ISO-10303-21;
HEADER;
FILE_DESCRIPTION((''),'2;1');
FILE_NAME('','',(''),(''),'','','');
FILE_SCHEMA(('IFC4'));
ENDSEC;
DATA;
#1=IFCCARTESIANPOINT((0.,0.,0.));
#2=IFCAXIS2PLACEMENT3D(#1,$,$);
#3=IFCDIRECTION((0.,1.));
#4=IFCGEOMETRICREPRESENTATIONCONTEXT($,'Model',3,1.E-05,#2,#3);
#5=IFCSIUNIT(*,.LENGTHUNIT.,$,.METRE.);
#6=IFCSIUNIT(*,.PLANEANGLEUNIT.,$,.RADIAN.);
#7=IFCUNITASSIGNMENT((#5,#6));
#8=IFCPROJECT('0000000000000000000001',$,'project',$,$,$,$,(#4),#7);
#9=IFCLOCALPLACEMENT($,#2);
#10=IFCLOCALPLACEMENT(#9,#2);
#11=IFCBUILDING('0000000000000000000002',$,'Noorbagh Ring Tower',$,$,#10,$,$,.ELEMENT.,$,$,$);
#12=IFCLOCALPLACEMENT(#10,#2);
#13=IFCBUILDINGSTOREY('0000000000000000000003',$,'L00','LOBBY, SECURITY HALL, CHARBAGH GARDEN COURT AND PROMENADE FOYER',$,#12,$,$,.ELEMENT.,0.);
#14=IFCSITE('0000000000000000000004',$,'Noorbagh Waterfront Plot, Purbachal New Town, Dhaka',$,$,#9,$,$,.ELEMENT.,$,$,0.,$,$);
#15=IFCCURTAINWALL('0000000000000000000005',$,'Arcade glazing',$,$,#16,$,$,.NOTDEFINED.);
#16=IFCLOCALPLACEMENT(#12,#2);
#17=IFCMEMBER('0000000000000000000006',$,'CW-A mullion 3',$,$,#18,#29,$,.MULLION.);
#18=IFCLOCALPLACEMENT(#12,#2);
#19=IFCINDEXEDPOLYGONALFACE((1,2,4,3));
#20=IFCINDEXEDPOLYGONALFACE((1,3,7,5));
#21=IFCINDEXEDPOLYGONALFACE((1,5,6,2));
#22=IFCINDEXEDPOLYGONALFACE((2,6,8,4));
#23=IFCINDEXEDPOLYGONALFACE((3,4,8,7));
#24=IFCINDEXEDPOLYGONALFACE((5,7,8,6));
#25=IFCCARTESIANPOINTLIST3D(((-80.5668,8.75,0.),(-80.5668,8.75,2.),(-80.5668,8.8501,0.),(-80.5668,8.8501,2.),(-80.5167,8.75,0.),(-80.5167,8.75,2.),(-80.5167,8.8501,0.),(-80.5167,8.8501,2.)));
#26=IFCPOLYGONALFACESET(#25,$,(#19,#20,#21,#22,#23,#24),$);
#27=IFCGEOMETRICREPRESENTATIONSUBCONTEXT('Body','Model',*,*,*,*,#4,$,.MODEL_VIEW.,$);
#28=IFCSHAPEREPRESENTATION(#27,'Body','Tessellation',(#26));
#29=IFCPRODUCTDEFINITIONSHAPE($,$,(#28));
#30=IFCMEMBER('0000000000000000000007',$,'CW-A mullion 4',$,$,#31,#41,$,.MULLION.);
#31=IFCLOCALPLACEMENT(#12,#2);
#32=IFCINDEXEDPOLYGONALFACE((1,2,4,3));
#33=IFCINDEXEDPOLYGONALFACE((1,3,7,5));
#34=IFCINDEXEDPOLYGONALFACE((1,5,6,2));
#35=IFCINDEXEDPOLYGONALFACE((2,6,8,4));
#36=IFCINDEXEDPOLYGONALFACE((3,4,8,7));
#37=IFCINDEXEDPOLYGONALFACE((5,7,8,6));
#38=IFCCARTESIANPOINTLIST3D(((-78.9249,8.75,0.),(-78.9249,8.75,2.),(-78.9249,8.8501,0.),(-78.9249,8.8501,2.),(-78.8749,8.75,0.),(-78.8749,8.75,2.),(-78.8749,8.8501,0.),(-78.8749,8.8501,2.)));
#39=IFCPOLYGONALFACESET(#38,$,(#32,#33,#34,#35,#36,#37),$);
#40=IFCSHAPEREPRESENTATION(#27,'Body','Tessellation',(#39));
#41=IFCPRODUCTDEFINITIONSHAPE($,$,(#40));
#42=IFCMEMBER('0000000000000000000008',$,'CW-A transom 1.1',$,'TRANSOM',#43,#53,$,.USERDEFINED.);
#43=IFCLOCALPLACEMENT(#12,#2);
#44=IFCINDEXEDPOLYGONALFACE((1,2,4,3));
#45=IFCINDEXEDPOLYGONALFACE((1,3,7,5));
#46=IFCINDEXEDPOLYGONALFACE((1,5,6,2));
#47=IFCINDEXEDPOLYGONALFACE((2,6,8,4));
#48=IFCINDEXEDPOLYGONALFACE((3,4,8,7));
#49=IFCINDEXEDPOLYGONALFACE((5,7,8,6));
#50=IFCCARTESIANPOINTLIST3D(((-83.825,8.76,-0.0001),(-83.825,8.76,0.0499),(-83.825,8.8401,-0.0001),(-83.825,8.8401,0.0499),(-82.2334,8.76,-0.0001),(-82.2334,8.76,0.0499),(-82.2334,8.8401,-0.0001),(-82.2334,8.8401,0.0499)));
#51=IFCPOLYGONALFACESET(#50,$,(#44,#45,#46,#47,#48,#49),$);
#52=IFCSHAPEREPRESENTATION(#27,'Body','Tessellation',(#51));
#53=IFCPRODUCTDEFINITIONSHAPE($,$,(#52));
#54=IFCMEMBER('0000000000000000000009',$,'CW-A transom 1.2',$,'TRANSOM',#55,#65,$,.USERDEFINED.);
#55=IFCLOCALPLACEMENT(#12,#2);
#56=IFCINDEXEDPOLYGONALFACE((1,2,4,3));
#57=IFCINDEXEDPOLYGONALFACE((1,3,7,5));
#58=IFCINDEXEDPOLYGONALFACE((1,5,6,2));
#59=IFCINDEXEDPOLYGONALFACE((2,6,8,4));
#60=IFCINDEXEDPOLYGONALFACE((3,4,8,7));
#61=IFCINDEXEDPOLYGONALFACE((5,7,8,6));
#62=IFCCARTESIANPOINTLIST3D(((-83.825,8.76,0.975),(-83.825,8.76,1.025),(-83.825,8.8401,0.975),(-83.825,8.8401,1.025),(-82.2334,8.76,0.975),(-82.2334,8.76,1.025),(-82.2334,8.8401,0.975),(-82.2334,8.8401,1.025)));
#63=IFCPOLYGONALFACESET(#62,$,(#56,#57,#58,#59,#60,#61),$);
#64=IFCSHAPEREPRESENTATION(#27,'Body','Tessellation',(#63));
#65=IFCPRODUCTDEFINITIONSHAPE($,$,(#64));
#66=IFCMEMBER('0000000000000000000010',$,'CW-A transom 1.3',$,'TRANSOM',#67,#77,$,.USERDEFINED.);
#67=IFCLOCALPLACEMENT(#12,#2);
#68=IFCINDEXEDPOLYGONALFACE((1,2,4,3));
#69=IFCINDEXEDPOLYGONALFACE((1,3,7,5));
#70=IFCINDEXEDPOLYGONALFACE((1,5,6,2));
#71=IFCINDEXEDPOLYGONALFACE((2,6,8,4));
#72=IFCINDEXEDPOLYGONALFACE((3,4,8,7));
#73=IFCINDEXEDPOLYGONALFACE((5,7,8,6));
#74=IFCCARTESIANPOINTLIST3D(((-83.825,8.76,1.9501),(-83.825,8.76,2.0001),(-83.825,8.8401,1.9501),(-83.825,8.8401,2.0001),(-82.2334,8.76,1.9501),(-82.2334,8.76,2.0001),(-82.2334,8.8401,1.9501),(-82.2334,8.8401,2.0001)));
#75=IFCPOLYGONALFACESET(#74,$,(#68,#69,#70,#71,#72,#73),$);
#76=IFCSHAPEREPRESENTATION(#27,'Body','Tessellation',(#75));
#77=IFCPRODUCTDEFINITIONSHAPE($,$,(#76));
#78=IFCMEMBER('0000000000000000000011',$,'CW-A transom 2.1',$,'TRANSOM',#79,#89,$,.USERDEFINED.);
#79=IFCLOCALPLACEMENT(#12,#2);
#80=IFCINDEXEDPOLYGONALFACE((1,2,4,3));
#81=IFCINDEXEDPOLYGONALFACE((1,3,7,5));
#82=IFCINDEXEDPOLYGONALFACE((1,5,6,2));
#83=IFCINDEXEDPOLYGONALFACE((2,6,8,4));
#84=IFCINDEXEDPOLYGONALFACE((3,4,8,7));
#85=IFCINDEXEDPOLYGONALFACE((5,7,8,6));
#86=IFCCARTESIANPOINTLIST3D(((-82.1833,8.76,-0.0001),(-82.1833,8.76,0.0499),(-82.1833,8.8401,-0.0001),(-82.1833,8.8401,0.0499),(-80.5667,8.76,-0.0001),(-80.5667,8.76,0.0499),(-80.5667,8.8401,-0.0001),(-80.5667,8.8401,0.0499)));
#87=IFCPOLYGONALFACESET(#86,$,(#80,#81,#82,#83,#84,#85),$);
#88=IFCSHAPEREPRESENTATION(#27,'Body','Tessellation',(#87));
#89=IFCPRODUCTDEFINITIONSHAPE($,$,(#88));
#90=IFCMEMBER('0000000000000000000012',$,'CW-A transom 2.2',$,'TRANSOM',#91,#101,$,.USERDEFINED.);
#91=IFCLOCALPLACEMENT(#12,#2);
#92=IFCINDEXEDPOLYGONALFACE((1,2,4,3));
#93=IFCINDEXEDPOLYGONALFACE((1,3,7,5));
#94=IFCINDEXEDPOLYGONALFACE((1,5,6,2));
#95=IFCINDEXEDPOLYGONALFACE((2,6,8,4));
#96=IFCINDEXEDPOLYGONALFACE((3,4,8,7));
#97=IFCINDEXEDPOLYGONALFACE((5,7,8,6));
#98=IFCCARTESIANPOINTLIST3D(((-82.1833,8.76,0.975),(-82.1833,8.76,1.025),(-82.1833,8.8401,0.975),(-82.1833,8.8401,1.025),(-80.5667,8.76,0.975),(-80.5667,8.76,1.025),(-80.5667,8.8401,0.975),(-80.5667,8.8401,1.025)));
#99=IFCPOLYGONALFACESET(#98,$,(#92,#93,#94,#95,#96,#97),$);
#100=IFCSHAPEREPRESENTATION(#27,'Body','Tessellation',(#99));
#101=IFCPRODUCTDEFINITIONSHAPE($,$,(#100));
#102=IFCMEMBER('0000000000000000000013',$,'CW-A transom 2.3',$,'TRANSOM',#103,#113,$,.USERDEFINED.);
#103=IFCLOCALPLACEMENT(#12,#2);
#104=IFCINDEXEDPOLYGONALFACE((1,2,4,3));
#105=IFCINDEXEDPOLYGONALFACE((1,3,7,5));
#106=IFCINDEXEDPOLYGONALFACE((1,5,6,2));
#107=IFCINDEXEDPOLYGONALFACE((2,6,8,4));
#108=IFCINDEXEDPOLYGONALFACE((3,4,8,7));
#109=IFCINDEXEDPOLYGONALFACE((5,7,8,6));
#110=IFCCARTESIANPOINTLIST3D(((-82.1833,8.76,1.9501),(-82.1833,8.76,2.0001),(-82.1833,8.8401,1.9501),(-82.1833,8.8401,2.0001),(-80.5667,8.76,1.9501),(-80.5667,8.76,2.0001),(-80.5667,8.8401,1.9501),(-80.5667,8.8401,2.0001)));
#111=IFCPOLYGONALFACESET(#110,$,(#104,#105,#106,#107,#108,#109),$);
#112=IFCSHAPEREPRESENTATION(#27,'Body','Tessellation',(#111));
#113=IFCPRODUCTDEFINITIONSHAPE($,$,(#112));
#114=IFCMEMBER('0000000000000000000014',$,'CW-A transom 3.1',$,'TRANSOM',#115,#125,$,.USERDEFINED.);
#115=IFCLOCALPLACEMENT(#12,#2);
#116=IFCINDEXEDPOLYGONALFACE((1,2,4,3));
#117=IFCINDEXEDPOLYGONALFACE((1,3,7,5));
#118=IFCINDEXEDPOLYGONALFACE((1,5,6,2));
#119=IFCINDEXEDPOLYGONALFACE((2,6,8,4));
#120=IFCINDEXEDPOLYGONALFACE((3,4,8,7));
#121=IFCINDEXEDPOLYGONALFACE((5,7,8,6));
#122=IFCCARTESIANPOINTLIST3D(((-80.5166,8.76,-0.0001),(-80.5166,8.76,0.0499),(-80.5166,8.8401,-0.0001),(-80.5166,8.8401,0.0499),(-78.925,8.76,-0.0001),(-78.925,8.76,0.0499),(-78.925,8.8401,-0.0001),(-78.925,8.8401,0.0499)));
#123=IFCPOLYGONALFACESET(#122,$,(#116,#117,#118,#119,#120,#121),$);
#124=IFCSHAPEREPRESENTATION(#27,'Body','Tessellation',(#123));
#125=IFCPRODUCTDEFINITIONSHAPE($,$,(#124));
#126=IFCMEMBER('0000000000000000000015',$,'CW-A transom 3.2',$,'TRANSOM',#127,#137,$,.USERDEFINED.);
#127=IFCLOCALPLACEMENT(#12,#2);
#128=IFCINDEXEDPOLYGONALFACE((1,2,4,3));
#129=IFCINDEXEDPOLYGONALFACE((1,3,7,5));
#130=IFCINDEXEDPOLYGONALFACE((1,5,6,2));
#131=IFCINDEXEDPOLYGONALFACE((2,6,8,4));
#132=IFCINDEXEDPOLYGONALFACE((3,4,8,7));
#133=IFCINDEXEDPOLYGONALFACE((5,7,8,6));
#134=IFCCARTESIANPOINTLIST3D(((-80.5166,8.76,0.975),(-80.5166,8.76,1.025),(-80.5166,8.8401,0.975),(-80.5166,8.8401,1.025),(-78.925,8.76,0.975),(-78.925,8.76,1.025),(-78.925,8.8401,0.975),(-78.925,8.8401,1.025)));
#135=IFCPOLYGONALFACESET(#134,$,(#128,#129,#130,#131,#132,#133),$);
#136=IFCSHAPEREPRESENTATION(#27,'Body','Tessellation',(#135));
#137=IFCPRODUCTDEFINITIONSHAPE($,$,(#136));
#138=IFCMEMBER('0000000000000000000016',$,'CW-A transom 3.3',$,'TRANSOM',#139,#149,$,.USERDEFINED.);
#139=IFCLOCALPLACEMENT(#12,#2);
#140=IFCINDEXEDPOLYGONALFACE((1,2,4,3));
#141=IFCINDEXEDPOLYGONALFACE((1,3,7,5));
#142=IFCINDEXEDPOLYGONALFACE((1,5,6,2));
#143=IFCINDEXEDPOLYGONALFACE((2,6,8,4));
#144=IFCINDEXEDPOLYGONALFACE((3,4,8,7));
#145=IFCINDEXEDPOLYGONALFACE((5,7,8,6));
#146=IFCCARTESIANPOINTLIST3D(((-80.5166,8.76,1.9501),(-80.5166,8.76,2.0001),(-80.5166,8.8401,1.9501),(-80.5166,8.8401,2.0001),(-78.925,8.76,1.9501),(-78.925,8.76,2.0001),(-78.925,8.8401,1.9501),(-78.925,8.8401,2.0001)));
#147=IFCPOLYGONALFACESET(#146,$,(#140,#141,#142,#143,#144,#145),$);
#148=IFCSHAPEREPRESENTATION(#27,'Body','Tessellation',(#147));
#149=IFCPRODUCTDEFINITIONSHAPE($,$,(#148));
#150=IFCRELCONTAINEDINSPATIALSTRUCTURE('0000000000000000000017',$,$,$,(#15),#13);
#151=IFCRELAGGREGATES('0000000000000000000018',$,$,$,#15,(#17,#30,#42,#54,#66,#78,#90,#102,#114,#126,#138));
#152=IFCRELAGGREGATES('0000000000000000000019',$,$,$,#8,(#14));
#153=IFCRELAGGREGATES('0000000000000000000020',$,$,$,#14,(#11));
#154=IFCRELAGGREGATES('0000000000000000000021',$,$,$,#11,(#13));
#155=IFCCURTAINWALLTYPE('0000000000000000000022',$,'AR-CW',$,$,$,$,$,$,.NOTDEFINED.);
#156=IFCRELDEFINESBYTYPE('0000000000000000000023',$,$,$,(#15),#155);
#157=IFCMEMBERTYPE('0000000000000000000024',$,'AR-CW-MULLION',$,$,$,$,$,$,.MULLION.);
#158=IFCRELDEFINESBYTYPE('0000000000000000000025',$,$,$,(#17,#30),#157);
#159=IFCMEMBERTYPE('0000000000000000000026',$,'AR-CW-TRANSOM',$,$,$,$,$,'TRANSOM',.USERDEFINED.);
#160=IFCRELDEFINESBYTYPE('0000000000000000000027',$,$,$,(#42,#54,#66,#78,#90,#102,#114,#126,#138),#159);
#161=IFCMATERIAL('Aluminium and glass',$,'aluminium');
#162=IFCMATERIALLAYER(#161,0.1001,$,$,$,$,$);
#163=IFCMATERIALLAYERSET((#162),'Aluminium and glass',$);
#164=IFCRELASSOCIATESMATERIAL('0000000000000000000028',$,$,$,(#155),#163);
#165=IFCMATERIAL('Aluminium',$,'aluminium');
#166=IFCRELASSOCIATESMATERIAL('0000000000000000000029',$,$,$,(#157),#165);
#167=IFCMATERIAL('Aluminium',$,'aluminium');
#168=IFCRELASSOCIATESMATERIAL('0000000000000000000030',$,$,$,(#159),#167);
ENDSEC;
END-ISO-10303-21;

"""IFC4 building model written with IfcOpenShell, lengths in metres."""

from ifc_helpers import new_model, si_unit, direction, frame, origin, origin_2d, place, context, subcontext, project, spatial, rectangle, extrude, material, layer, layer_set, material_profile, profile_set, type_object, element, aggregate, save


model = new_model("IFC4")

# Units and contexts
model_context = context("Model", 3, precision=1e-05, world=origin(), true_north=direction((0.0, 1.0)))
body_context = subcontext(model_context, "Body", "Model", "MODEL_VIEW")
ifc_project = project(units=[si_unit("LENGTHUNIT", "METRE"), si_unit("PLANEANGLEUNIT", "RADIAN")], contexts=[model_context])

# Site, building, storey
site_placement = place(None, origin())
site = spatial("IfcSite", under=ifc_project, at=site_placement, Name="Noorbagh Waterfront Plot, Purbachal New Town, Dhaka", CompositionType="ELEMENT", RefElevation=0.0)
building_placement = place(site_placement, origin())
building = spatial("IfcBuilding", under=site, at=building_placement, Name="Noorbagh Ring Tower", CompositionType="ELEMENT")
storey_placement = place(building_placement, origin())
storey = spatial("IfcBuildingStorey", under=building, at=storey_placement, Name="L00", Description="LOBBY, SECURITY HALL, CHARBAGH GARDEN COURT AND PROMENADE FOYER", CompositionType="ELEMENT", Elevation=0.0)

# Curtain wall, members
ifc_material_1 = material(Name="Aluminium and glass", Category="aluminium")
ifc_layer_1 = layer(ifc_material_1, 0.1001)
ifc_layer_set_1 = layer_set([ifc_layer_1], Name="Aluminium and glass")
curtain_wall_type = type_object("IfcCurtainWallType", Name="AR-CW", PredefinedType="NOTDEFINED", material=ifc_layer_set_1)
curtain_wall_placement = place(storey_placement, origin())
curtain_wall = element("IfcCurtainWall", 1, at=curtain_wall_placement, inside=storey, type_object=curtain_wall_type, Name="Arcade glazing", PredefinedType="NOTDEFINED")
ifc_material_2 = material(Name="Aluminium", Category="aluminium")
ifc_material_profile_1 = material_profile(ifc_material_2, rectangle(XDim=0.1001, YDim=0.05, at=origin_2d()), Name="AL 100x50")
ifc_profile_set_1 = profile_set([ifc_material_profile_1], Name="Aluminium")
member_type_1 = type_object("IfcMemberType", Name="AR-CW-MULLION", PredefinedType="MULLION", material=ifc_profile_set_1)
member_1_placement = place(storey_placement, frame((-80.5417, 8.8, 0.0), z_axis=(0.0, 0.0, 1.0), x_axis=(0.0, 1.0, 0.0)))
member_1 = element("IfcMember", 2, at=member_1_placement, type_object=member_type_1, Name="CW-A mullion 3", PredefinedType="MULLION", context=body_context, shape_type="SweptSolid", body=[
    extrude(rectangle(XDim=0.1001, YDim=0.05, at=origin_2d()), origin(), (0.0, 0.0, 1.0), 2.0),
])
member_2_placement = place(storey_placement, frame((-78.8999, 8.8, 0.0), z_axis=(0.0, 0.0, 1.0), x_axis=(0.0, 1.0, 0.0)))
member_2 = element("IfcMember", 3, at=member_2_placement, type_object=member_type_1, Name="CW-A mullion 4", PredefinedType="MULLION", context=body_context, shape_type="SweptSolid", body=[
    extrude(rectangle(XDim=0.1001, YDim=0.05, at=origin_2d()), origin(), (0.0, 0.0, 1.0), 2.0),
])
ifc_material_3 = material(Name="Aluminium", Category="aluminium")
ifc_material_profile_2 = material_profile(ifc_material_3, rectangle(XDim=0.0801, YDim=0.05, at=origin_2d()), Name="AL 80x50")
ifc_profile_set_2 = profile_set([ifc_material_profile_2], Name="Aluminium")
member_type_2 = type_object("IfcMemberType", Name="AR-CW-TRANSOM", ElementType="TRANSOM", PredefinedType="USERDEFINED", material=ifc_profile_set_2)
member_3_placement = place(storey_placement, frame((-83.825, 8.8, 0.0249), z_axis=(1.0, 0.0, 0.0), x_axis=(0.0, 1.0, 0.0)))
member_3 = element("IfcMember", 4, at=member_3_placement, type_object=member_type_2, Name="CW-A transom 1.1", ObjectType="TRANSOM", PredefinedType="USERDEFINED", context=body_context, shape_type="SweptSolid", body=[
    extrude(rectangle(XDim=0.0801, YDim=0.05, at=origin_2d()), origin(), (0.0, 0.0, 1.0), 1.5916),
])
member_4_placement = place(storey_placement, frame((-83.825, 8.8, 1.0), z_axis=(1.0, 0.0, 0.0), x_axis=(0.0, 1.0, 0.0)))
member_4 = element("IfcMember", 5, at=member_4_placement, type_object=member_type_2, Name="CW-A transom 1.2", ObjectType="TRANSOM", PredefinedType="USERDEFINED", context=body_context, shape_type="SweptSolid", body=[
    extrude(rectangle(XDim=0.0801, YDim=0.05, at=origin_2d()), origin(), (0.0, 0.0, 1.0), 1.5916),
])
member_5_placement = place(storey_placement, frame((-83.825, 8.8, 1.9751), z_axis=(1.0, 0.0, 0.0), x_axis=(0.0, 1.0, 0.0)))
member_5 = element("IfcMember", 6, at=member_5_placement, type_object=member_type_2, Name="CW-A transom 1.3", ObjectType="TRANSOM", PredefinedType="USERDEFINED", context=body_context, shape_type="SweptSolid", body=[
    extrude(rectangle(XDim=0.0801, YDim=0.05, at=origin_2d()), origin(), (0.0, 0.0, 1.0), 1.5916),
])
member_6_placement = place(storey_placement, frame((-82.1833, 8.8, 0.0249), z_axis=(1.0, 0.0, 0.0), x_axis=(0.0, 1.0, 0.0)))
member_6 = element("IfcMember", 7, at=member_6_placement, type_object=member_type_2, Name="CW-A transom 2.1", ObjectType="TRANSOM", PredefinedType="USERDEFINED", context=body_context, shape_type="SweptSolid", body=[
    extrude(rectangle(XDim=0.0801, YDim=0.05, at=origin_2d()), origin(), (0.0, 0.0, 1.0), 1.6167),
])
member_7_placement = place(storey_placement, frame((-82.1833, 8.8, 1.0), z_axis=(1.0, 0.0, 0.0), x_axis=(0.0, 1.0, 0.0)))
member_7 = element("IfcMember", 8, at=member_7_placement, type_object=member_type_2, Name="CW-A transom 2.2", ObjectType="TRANSOM", PredefinedType="USERDEFINED", context=body_context, shape_type="SweptSolid", body=[
    extrude(rectangle(XDim=0.0801, YDim=0.05, at=origin_2d()), origin(), (0.0, 0.0, 1.0), 1.6167),
])
member_8_placement = place(storey_placement, frame((-82.1833, 8.8, 1.9751), z_axis=(1.0, 0.0, 0.0), x_axis=(0.0, 1.0, 0.0)))
member_8 = element("IfcMember", 9, at=member_8_placement, type_object=member_type_2, Name="CW-A transom 2.3", ObjectType="TRANSOM", PredefinedType="USERDEFINED", context=body_context, shape_type="SweptSolid", body=[
    extrude(rectangle(XDim=0.0801, YDim=0.05, at=origin_2d()), origin(), (0.0, 0.0, 1.0), 1.6167),
])
member_9_placement = place(storey_placement, frame((-80.5166, 8.8, 0.0249), z_axis=(1.0, 0.0, 0.0), x_axis=(0.0, 1.0, 0.0)))
member_9 = element("IfcMember", 10, at=member_9_placement, type_object=member_type_2, Name="CW-A transom 3.1", ObjectType="TRANSOM", PredefinedType="USERDEFINED", context=body_context, shape_type="SweptSolid", body=[
    extrude(rectangle(XDim=0.0801, YDim=0.05, at=origin_2d()), origin(), (0.0, 0.0, 1.0), 1.5916),
])
member_10_placement = place(storey_placement, frame((-80.5166, 8.8, 1.0), z_axis=(1.0, 0.0, 0.0), x_axis=(0.0, 1.0, 0.0)))
member_10 = element("IfcMember", 11, at=member_10_placement, type_object=member_type_2, Name="CW-A transom 3.2", ObjectType="TRANSOM", PredefinedType="USERDEFINED", context=body_context, shape_type="SweptSolid", body=[
    extrude(rectangle(XDim=0.0801, YDim=0.05, at=origin_2d()), origin(), (0.0, 0.0, 1.0), 1.5916),
])
member_11_placement = place(storey_placement, frame((-80.5166, 8.8, 1.9751), z_axis=(1.0, 0.0, 0.0), x_axis=(0.0, 1.0, 0.0)))
member_11 = element("IfcMember", 12, at=member_11_placement, type_object=member_type_2, Name="CW-A transom 3.3", ObjectType="TRANSOM", PredefinedType="USERDEFINED", context=body_context, shape_type="SweptSolid", body=[
    extrude(rectangle(XDim=0.0801, YDim=0.05, at=origin_2d()), origin(), (0.0, 0.0, 1.0), 1.5916),
])

aggregate(curtain_wall, [member_1, member_2, member_3, member_4, member_5, member_6, member_7, member_8, member_9, member_10, member_11])

save(model, "model.ifc")
